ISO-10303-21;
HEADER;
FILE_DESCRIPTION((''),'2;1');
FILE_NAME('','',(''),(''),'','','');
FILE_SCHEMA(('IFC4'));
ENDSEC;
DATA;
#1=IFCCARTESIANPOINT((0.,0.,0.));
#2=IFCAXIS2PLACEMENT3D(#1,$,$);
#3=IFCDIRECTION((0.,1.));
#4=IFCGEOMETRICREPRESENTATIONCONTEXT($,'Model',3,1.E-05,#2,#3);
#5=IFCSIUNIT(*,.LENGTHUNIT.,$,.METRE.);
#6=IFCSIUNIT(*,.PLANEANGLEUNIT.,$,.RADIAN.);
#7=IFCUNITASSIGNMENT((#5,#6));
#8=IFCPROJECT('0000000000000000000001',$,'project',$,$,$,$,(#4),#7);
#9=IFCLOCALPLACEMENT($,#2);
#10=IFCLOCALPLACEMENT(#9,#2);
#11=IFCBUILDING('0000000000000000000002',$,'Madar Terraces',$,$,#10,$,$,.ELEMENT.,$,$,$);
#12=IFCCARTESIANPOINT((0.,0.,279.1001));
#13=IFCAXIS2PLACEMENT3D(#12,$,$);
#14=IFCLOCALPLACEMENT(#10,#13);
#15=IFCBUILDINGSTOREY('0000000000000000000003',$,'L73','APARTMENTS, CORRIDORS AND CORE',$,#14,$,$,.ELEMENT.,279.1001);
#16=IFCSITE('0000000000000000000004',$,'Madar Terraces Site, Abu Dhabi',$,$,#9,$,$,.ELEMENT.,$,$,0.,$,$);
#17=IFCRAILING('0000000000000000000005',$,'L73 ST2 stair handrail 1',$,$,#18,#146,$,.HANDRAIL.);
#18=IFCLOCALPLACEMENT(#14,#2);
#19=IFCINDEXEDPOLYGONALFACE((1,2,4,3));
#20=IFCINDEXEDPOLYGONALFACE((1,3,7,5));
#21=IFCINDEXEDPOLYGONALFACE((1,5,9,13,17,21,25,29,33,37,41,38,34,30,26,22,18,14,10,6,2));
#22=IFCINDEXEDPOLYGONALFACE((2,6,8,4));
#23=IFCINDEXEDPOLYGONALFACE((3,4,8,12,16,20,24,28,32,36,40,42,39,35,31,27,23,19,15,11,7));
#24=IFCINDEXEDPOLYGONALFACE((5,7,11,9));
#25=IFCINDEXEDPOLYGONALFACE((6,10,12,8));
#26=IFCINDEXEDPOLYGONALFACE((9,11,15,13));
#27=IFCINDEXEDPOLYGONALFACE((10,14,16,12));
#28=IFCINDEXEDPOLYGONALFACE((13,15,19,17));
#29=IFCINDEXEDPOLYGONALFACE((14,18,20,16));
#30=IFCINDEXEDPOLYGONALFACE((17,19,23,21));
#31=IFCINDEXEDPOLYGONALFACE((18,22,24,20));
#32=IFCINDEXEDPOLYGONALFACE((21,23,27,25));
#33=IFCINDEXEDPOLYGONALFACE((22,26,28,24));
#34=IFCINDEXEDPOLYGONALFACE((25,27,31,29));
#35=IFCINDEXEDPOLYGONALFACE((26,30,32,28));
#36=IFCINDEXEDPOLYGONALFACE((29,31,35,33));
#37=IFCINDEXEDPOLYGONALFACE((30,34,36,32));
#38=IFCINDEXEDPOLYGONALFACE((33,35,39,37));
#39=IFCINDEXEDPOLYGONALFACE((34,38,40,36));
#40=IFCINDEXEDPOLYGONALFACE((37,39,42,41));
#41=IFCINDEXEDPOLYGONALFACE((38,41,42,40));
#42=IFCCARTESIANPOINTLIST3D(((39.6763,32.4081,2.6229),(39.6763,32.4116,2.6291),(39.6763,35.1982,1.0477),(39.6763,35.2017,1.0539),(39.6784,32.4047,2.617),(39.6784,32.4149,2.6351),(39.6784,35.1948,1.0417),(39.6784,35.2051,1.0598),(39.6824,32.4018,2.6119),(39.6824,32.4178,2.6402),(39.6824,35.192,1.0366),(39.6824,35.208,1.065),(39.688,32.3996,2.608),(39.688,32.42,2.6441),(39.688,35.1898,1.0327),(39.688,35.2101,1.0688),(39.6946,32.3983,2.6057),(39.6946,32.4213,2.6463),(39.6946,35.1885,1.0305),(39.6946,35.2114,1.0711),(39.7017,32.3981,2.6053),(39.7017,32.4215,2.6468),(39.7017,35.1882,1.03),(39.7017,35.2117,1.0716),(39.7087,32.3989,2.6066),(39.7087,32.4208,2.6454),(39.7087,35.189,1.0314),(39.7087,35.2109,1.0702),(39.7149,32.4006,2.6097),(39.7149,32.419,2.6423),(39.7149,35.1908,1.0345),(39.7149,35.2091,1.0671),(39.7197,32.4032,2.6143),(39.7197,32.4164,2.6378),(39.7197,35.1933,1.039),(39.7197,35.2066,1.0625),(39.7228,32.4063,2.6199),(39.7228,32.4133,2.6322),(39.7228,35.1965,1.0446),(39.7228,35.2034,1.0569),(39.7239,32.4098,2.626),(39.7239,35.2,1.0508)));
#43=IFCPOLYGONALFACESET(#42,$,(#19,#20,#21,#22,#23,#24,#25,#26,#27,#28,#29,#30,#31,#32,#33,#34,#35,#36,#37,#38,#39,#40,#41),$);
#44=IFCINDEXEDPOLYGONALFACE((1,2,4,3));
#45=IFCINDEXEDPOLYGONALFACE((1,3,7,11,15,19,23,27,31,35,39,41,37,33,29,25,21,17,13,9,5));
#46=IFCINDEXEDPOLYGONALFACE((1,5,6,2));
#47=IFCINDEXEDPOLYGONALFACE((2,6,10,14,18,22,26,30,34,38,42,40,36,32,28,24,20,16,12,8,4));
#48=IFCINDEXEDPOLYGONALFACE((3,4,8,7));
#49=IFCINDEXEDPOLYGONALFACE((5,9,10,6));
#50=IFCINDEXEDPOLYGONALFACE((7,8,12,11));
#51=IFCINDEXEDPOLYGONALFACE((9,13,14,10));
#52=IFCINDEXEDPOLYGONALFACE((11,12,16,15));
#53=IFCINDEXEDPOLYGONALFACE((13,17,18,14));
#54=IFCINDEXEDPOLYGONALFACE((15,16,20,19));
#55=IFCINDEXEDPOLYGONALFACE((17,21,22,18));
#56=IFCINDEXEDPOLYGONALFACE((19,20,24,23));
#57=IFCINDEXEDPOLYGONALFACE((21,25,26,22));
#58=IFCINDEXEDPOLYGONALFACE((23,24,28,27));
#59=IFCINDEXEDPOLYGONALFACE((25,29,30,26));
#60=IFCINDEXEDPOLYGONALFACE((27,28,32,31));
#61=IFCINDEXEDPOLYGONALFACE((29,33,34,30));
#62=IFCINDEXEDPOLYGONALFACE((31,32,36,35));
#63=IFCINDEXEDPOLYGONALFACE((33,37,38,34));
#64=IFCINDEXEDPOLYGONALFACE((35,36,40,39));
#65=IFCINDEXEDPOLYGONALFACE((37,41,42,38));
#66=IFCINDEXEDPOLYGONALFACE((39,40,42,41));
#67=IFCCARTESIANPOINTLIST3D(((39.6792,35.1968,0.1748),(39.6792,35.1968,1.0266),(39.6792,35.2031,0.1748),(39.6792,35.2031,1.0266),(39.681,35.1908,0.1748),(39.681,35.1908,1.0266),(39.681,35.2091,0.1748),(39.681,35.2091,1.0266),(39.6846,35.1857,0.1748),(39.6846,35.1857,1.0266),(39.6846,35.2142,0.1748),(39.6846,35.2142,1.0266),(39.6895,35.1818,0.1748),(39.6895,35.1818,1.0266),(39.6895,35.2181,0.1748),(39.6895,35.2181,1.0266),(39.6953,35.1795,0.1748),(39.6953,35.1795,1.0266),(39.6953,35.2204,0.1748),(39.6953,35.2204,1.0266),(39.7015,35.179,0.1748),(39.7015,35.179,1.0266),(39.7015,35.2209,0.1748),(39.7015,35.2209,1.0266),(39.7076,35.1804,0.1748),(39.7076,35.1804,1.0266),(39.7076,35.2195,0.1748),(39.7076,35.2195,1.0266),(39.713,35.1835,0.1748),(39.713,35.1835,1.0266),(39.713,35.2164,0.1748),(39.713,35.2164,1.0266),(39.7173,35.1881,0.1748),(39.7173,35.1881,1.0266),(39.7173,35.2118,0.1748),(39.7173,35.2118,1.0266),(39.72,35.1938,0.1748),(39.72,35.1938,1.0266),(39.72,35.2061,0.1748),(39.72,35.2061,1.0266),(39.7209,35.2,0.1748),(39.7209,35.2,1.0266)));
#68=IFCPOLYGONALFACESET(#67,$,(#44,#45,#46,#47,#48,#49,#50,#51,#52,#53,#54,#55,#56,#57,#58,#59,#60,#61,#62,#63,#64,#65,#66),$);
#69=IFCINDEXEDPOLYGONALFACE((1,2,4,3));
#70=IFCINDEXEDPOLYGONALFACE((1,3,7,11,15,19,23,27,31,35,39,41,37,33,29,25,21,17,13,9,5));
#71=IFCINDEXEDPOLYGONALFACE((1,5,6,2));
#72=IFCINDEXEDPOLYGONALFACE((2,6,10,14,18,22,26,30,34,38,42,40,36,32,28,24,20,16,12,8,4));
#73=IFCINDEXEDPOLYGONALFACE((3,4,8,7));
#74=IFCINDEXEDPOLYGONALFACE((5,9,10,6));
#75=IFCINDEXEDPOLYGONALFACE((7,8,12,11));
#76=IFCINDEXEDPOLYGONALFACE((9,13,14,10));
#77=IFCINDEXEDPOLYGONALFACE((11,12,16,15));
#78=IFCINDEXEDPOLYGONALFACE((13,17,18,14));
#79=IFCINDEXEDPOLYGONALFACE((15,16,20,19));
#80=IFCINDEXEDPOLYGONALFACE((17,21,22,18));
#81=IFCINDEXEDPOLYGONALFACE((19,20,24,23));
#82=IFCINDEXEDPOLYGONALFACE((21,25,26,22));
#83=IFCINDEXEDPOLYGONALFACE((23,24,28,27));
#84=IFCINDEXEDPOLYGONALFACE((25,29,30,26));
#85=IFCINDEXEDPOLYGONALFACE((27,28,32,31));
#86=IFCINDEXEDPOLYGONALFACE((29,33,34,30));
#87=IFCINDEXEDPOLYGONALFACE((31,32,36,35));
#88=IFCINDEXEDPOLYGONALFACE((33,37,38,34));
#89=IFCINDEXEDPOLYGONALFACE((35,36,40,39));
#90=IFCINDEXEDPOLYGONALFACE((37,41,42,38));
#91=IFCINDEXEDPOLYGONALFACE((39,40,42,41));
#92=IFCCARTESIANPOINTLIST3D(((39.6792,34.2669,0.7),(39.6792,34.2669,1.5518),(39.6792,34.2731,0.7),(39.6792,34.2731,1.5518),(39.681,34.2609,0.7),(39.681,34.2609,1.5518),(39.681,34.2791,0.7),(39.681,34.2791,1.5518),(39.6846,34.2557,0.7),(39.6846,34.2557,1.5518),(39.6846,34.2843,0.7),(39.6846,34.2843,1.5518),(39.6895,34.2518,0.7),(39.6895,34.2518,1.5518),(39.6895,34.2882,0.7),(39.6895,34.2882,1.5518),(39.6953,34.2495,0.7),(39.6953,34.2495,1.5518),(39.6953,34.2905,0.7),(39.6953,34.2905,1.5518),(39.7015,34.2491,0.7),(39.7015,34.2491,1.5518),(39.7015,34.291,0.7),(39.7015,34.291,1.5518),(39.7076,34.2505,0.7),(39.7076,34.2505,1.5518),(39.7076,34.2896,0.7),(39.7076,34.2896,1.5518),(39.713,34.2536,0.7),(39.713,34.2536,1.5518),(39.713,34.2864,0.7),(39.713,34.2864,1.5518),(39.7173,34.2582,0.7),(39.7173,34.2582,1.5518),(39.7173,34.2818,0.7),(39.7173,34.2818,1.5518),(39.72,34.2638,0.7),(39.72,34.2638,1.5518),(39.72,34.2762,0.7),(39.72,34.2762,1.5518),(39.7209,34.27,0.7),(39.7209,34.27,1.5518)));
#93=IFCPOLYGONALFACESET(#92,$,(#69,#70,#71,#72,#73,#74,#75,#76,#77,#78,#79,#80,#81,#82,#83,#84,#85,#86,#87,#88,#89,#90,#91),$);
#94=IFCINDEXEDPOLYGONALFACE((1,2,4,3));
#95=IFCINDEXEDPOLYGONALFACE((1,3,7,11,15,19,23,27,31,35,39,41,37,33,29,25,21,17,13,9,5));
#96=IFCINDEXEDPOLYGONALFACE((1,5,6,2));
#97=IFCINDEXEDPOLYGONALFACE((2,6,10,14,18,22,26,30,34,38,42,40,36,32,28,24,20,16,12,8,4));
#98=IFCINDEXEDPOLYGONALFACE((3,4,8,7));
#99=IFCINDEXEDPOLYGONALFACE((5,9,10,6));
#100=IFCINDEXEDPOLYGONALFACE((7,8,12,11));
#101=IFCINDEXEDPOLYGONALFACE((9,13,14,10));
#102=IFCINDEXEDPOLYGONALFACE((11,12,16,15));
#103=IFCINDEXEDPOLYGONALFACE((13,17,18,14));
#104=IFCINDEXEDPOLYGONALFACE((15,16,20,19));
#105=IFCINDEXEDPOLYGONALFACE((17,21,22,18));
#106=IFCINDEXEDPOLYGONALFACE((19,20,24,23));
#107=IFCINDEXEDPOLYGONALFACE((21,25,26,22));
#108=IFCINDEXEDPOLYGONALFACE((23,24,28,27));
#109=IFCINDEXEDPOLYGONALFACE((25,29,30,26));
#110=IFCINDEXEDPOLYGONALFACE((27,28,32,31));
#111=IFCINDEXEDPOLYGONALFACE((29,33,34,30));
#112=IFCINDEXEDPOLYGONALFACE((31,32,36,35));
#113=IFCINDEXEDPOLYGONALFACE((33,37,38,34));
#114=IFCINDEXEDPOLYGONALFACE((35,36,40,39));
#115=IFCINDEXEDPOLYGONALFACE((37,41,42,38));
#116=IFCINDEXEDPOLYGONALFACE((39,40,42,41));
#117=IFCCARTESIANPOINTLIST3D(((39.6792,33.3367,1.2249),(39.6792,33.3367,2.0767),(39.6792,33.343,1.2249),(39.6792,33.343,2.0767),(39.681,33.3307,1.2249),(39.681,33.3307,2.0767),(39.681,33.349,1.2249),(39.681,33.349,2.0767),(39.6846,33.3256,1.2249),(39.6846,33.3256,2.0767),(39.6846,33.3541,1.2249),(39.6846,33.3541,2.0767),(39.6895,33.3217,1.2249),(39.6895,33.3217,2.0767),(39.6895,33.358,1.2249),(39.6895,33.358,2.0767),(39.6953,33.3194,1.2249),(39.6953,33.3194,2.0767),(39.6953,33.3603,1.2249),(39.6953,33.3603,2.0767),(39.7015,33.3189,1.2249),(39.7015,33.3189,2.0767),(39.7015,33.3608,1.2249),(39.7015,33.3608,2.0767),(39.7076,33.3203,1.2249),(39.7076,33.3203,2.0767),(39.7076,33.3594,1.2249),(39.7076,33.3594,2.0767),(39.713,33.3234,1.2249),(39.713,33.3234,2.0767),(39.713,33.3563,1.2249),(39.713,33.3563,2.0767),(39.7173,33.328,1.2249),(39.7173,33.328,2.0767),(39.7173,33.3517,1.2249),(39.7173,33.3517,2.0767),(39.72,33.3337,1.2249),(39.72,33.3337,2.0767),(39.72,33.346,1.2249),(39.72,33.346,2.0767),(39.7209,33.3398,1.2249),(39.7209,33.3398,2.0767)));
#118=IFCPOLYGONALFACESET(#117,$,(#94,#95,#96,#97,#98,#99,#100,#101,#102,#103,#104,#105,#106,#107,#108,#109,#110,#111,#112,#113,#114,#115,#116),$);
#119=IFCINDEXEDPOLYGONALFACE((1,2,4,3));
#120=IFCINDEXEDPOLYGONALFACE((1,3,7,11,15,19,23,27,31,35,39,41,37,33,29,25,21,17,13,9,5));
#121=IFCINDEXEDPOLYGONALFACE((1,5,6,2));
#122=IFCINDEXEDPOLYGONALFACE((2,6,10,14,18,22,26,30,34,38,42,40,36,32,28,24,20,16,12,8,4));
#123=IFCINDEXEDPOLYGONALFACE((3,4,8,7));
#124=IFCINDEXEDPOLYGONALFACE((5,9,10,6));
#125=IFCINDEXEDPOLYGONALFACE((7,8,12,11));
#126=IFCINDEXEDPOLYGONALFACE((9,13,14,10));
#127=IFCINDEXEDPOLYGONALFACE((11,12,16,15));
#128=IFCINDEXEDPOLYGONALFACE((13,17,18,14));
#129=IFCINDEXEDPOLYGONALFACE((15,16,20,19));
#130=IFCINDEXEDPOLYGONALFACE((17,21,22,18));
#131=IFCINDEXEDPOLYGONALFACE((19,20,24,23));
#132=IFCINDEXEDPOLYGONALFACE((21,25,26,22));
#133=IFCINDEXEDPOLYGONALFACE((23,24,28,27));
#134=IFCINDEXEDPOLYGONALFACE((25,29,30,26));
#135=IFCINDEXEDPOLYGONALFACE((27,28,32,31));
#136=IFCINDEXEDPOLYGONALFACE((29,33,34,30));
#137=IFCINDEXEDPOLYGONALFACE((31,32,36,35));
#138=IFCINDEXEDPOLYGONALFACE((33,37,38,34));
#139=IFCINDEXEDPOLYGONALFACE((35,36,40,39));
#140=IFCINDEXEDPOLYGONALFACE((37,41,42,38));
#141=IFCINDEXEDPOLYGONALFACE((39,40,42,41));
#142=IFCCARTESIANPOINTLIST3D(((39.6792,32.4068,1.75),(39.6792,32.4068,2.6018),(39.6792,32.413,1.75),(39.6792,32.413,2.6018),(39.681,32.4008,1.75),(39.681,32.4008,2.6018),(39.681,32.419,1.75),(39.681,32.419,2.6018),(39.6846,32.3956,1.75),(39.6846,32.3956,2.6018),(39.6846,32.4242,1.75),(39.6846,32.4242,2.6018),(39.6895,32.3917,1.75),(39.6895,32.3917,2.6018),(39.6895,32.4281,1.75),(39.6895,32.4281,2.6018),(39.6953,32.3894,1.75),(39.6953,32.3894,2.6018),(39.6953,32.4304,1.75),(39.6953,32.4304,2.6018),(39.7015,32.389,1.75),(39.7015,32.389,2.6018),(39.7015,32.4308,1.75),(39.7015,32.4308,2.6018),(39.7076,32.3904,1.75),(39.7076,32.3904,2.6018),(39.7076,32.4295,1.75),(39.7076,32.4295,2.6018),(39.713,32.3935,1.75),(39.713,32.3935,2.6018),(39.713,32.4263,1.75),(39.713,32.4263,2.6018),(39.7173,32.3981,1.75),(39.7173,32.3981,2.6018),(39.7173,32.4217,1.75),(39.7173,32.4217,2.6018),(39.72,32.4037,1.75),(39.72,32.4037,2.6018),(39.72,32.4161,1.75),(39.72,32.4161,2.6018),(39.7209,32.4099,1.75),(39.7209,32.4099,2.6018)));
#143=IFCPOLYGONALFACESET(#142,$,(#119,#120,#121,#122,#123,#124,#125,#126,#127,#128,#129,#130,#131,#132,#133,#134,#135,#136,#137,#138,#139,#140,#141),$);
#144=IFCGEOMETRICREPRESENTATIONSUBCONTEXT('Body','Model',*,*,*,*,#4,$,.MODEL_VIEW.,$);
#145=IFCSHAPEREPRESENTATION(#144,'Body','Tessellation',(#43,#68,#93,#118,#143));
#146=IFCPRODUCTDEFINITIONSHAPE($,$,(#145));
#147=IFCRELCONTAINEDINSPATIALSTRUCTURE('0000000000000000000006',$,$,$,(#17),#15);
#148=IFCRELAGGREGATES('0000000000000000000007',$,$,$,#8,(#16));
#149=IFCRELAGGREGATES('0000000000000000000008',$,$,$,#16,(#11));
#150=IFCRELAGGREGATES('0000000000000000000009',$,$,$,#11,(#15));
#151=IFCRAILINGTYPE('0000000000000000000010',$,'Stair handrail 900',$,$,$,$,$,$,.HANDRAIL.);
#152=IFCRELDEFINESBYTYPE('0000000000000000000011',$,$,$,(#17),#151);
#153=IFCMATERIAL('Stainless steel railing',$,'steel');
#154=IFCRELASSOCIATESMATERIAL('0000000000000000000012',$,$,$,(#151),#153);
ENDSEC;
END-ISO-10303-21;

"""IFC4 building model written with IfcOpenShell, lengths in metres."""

from ifc_helpers import new_model, si_unit, direction, frame, origin, origin_2d, place, context, subcontext, project, spatial, circle, extrude, material, type_object, element, save


model = new_model("IFC4")

# Units and contexts
model_context = context("Model", 3, precision=1e-05, world=origin(), true_north=direction((0.0, 1.0)))
body_context = subcontext(model_context, "Body", "Model", "MODEL_VIEW")
ifc_project = project(units=[si_unit("LENGTHUNIT", "METRE"), si_unit("PLANEANGLEUNIT", "RADIAN")], contexts=[model_context])

# Site, building, storey
site_placement = place(None, origin())
site = spatial("IfcSite", under=ifc_project, at=site_placement, Name="Madar Terraces Site, Abu Dhabi", CompositionType="ELEMENT", RefElevation=0.0)
building_placement = place(site_placement, origin())
building = spatial("IfcBuilding", under=site, at=building_placement, Name="Madar Terraces", CompositionType="ELEMENT")
storey_placement = place(building_placement, frame((0.0, 0.0, 279.1001)))
storey = spatial("IfcBuildingStorey", under=building, at=storey_placement, Name="L73", Description="APARTMENTS, CORRIDORS AND CORE", CompositionType="ELEMENT", Elevation=279.1001)

# Railing
ifc_material_1 = material(Name="Stainless steel railing", Category="steel")
railing_type_1 = type_object("IfcRailingType", Name="Stair handrail 900", PredefinedType="HANDRAIL", material=ifc_material_1)
railing_1_placement = place(storey_placement, frame((39.7, 35.2, 0.1748)))
element("IfcRailing", 1, at=railing_1_placement, inside=storey, type_object=railing_type_1, Name="L73 ST2 stair handrail 1", PredefinedType="HANDRAIL", context=body_context, shape_type="SweptSolid", body=[
    extrude(circle(Radius=0.0239, at=origin_2d()), frame((0.0, 0.0, 0.876), z_axis=(0.0, -0.870801, 0.491635), x_axis=(1.0, 0.0, 0.0)), (0.0, 0.0, 1.0), 3.2041),
    extrude(circle(Radius=0.021, at=origin_2d()), origin(), (0.0, 0.0, 1.0), 0.8518),
    extrude(circle(Radius=0.021, at=origin_2d()), frame((0.0, -0.9299, 0.5251)), (0.0, 0.0, 1.0), 0.8518),
    extrude(circle(Radius=0.021, at=origin_2d()), frame((0.0, -1.8601, 1.05)), (0.0, 0.0, 1.0), 0.8518),
    extrude(circle(Radius=0.021, at=origin_2d()), frame((0.0, -2.79, 1.5752)), (0.0, 0.0, 1.0), 0.8518),
])

save(model, "model.ifc")
